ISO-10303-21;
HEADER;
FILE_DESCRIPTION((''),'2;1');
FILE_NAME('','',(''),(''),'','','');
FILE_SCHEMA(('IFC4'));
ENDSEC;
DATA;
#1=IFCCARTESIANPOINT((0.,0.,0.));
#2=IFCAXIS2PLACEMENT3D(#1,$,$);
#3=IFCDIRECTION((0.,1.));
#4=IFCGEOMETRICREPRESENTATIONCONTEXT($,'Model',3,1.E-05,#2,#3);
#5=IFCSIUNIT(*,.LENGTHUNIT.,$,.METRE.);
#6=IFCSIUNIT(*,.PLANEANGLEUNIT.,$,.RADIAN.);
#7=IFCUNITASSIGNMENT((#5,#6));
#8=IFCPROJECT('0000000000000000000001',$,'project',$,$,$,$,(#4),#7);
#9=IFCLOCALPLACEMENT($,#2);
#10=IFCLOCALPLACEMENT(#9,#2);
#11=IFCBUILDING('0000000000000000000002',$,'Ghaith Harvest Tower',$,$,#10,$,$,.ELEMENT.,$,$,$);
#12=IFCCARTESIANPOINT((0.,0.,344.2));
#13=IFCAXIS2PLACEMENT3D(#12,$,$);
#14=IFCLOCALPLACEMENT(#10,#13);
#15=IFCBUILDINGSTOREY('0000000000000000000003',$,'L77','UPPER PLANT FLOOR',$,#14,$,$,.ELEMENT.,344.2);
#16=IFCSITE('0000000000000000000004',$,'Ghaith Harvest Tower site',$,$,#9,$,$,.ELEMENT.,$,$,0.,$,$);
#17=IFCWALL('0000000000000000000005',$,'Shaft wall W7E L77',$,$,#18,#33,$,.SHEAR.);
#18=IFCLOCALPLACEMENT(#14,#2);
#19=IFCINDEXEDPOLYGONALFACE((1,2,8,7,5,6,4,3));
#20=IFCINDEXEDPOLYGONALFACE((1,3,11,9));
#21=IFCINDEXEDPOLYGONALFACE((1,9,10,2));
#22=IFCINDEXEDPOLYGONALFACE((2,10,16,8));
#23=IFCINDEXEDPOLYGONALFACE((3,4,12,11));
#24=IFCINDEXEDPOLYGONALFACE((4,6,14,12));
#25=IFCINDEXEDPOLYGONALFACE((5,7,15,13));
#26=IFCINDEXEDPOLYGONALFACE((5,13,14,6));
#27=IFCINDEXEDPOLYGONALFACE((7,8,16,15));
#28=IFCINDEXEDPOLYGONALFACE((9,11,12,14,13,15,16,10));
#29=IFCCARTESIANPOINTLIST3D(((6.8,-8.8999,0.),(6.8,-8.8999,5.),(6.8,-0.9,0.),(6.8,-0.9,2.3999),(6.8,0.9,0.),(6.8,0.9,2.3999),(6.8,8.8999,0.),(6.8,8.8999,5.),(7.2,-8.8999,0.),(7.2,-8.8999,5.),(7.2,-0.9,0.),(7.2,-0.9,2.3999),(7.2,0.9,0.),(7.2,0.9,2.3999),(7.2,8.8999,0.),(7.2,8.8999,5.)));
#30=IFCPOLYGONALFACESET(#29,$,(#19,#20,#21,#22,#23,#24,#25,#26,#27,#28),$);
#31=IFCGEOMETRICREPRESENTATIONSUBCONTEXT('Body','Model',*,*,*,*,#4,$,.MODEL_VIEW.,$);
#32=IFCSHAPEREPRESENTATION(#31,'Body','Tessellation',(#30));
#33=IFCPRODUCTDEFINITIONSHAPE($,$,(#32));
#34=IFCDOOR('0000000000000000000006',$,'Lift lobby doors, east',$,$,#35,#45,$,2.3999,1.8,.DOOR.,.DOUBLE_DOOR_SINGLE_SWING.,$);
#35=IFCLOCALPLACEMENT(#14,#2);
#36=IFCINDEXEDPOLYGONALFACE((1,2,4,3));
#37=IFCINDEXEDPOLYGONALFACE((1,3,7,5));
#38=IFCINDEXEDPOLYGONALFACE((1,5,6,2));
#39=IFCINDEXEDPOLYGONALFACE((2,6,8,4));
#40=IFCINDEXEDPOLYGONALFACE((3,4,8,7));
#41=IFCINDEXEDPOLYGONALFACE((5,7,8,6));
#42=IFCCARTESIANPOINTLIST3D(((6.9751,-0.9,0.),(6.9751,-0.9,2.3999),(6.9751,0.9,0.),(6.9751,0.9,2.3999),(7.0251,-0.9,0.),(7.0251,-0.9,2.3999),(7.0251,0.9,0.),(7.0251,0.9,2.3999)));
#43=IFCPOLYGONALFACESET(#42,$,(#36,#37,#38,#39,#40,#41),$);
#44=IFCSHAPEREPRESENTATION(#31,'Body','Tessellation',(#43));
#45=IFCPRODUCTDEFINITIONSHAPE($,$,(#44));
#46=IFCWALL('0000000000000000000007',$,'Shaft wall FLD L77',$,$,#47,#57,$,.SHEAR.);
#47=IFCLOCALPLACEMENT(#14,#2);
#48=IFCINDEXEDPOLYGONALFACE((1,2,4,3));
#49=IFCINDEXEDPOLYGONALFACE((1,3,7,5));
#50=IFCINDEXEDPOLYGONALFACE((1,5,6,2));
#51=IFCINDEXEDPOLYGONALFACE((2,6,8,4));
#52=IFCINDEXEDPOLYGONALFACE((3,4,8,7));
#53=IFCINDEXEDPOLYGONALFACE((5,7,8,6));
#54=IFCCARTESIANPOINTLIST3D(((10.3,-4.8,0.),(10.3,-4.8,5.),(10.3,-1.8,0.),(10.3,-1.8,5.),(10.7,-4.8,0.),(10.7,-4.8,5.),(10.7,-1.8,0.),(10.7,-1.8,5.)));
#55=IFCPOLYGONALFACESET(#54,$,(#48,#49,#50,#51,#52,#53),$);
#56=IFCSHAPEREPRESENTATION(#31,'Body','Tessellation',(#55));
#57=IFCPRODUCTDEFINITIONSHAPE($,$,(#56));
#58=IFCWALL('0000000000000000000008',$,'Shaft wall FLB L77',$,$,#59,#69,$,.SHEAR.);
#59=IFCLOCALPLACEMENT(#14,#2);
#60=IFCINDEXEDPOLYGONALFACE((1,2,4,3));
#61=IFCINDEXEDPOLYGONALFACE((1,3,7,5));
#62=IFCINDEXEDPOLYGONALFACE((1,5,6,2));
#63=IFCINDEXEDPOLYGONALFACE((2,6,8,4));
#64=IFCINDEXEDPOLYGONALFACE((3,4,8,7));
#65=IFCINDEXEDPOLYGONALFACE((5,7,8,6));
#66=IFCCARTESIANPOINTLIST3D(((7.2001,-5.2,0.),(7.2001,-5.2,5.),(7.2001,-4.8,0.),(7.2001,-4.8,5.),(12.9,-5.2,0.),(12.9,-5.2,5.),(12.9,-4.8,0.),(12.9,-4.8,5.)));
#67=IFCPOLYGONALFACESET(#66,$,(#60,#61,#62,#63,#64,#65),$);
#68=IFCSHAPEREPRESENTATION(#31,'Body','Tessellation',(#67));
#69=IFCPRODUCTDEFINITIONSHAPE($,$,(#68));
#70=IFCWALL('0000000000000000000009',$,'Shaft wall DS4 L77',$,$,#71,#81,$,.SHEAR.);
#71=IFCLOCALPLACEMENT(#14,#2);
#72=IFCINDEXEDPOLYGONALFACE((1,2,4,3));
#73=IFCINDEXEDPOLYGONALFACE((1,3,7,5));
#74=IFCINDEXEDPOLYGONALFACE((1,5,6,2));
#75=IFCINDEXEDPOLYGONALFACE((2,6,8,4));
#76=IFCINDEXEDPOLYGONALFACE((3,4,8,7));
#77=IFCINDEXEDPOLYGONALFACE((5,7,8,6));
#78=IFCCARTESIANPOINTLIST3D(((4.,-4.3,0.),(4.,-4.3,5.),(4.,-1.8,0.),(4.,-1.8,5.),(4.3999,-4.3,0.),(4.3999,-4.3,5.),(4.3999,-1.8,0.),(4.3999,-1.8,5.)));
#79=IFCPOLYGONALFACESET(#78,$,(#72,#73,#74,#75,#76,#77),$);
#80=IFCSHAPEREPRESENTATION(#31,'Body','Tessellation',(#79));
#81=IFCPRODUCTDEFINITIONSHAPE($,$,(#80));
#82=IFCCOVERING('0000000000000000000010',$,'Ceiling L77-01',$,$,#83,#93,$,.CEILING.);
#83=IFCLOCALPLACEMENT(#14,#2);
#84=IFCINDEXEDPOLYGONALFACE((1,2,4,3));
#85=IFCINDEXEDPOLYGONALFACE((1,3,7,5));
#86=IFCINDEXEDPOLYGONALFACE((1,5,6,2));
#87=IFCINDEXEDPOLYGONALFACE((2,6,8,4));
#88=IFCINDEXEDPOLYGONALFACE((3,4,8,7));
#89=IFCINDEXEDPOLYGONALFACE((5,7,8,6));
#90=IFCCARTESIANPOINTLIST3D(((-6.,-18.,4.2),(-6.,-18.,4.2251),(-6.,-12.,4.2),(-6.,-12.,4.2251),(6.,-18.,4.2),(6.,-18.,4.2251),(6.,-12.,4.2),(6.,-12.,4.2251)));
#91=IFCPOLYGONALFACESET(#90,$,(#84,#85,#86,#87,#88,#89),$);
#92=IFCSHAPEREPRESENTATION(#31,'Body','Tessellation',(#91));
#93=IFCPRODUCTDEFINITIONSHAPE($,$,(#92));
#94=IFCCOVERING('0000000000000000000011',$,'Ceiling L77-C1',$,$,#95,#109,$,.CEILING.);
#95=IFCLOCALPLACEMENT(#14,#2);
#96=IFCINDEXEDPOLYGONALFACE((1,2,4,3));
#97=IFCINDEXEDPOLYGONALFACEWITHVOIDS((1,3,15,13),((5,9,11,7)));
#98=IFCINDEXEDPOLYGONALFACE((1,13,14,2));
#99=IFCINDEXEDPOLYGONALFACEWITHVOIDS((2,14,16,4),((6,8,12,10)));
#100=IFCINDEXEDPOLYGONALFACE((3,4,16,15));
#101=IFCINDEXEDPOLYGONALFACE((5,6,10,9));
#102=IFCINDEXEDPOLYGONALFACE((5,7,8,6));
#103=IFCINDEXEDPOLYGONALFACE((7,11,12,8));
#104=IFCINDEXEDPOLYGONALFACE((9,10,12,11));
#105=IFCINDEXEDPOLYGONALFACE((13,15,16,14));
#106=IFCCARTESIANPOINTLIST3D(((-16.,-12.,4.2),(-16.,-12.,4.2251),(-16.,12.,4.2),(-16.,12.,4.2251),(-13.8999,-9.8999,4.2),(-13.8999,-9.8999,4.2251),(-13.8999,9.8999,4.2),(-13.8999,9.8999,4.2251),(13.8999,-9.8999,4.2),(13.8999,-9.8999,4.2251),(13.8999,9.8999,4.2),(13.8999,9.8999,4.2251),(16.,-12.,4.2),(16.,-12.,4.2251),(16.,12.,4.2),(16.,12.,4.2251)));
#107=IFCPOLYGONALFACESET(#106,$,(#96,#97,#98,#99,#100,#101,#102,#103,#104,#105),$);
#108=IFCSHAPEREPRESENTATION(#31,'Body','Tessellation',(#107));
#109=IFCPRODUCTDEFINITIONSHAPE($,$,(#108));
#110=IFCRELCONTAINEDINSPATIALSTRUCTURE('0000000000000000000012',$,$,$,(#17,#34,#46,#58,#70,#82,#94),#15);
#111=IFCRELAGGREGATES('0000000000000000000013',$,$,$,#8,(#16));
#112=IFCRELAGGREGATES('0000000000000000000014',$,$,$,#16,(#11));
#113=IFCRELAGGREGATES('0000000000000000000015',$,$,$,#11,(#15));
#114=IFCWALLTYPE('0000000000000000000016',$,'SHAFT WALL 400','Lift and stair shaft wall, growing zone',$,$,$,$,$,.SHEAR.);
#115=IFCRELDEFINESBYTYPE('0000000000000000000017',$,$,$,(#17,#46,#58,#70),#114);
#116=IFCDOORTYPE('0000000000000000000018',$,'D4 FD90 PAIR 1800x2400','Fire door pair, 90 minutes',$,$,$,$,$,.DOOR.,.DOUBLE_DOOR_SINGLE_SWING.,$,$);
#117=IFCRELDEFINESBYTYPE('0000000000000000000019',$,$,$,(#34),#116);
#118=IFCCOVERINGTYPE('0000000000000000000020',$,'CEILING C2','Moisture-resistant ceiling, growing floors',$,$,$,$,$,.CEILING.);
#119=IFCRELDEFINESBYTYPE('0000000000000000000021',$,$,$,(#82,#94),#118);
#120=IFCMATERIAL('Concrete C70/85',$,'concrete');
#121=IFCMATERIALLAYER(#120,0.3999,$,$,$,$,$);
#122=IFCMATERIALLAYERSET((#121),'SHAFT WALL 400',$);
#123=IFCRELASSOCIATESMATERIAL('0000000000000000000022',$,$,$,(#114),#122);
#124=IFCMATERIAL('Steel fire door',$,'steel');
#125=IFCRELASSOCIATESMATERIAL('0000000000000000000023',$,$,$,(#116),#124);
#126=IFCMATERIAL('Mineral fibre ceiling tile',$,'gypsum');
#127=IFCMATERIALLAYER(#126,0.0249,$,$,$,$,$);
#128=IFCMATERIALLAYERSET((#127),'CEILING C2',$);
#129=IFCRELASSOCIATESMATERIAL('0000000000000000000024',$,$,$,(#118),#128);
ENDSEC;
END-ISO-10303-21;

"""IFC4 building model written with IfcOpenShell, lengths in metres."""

from ifc_helpers import new_model, si_unit, direction, frame, frame_2d, origin, place, context, subcontext, project, spatial, polyline, rectangle, outline, extrude, material, layer, layer_set, type_object, element, fill, save


model = new_model("IFC4")

# Units and contexts
model_context = context("Model", 3, precision=1e-05, world=origin(), true_north=direction((0.0, 1.0)))
body_context = subcontext(model_context, "Body", "Model", "MODEL_VIEW")
ifc_project = project(units=[si_unit("LENGTHUNIT", "METRE"), si_unit("PLANEANGLEUNIT", "RADIAN")], contexts=[model_context])

# Site, building, storey
site_placement = place(None, origin())
site = spatial("IfcSite", under=ifc_project, at=site_placement, Name="Ghaith Harvest Tower site", CompositionType="ELEMENT", RefElevation=0.0)
building_placement = place(site_placement, origin())
building = spatial("IfcBuilding", under=site, at=building_placement, Name="Ghaith Harvest Tower", CompositionType="ELEMENT")
storey_placement = place(building_placement, frame((0.0, 0.0, 344.2)))
storey = spatial("IfcBuildingStorey", under=building, at=storey_placement, Name="L77", Description="UPPER PLANT FLOOR", CompositionType="ELEMENT", Elevation=344.2)

# Wall, opening, door
ifc_material_1 = material(Name="Concrete C70/85", Category="concrete")
ifc_layer_1 = layer(ifc_material_1, 0.3999)
ifc_layer_set_1 = layer_set([ifc_layer_1], Name="SHAFT WALL 400")
wall_type_1 = type_object("IfcWallType", Name="SHAFT WALL 400", Description="Lift and stair shaft wall, growing zone", PredefinedType="SHEAR", material=ifc_layer_set_1)
wall_1_placement = place(storey_placement, frame((7.0, -8.8999, 0.0), z_axis=(0.0, 0.0, 1.0), x_axis=(0.0, 1.0, 0.0)))
wall_1 = element("IfcWall", 1, at=wall_1_placement, inside=storey, type_object=wall_type_1, Name="Shaft wall W7E L77", PredefinedType="SHEAR", context=body_context, shape_type="SweptSolid", body=[
    extrude(rectangle(XDim=17.7998, YDim=0.3999, at=frame_2d((8.8999, 0.0))), origin(), (0.0, 0.0, 1.0), 5.0),
])
opening_1_placement = place(wall_1_placement, frame((8.0, 0.0, 0.0)))
opening_1 = element("IfcOpeningElement", 2, at=opening_1_placement, cuts=wall_1, PredefinedType="OPENING", context=body_context, shape_type="SweptSolid", body=[
    extrude(rectangle(XDim=1.8, YDim=2.3999, at=frame_2d((0.8999, 1.2))), frame((0.0, 0.21, 0.0), z_axis=(0.0, -1.0, 0.0), x_axis=(1.0, 0.0, 0.0)), (0.0, 0.0, 1.0), 0.4199),
])
ifc_material_2 = material(Name="Steel fire door", Category="steel")
door_type_1 = type_object("IfcDoorType", Name="D4 FD90 PAIR 1800x2400", Description="Fire door pair, 90 minutes", OperationType="DOUBLE_DOOR_SINGLE_SWING", PredefinedType="DOOR", material=ifc_material_2)
door_1_placement = place(opening_1_placement, origin())
door_1 = element("IfcDoor", 3, at=door_1_placement, inside=storey, type_object=door_type_1, Name="Lift lobby doors, east", OperationType="DOUBLE_DOOR_SINGLE_SWING", OverallHeight=2.3999, OverallWidth=1.8, PredefinedType="DOOR", context=body_context, shape_type="SweptSolid", body=[
    extrude(rectangle(XDim=1.8, YDim=2.3999, at=frame_2d((0.8999, 1.2))), frame((0.0, 0.0249, 0.0), z_axis=(0.0, -1.0, 0.0), x_axis=(1.0, 0.0, 0.0)), (0.0, 0.0, 1.0), 0.05),
])
fill(opening_1, door_1)

# Walls
wall_2_placement = place(storey_placement, frame((10.5, -4.8, 0.0), z_axis=(0.0, 0.0, 1.0), x_axis=(0.0, 1.0, 0.0)))
element("IfcWall", 4, at=wall_2_placement, inside=storey, type_object=wall_type_1, Name="Shaft wall FLD L77", PredefinedType="SHEAR", context=body_context, shape_type="SweptSolid", body=[
    extrude(rectangle(XDim=3.0, YDim=0.3999, at=frame_2d((1.5, 0.0))), origin(), (0.0, 0.0, 1.0), 5.0),
])
wall_3_placement = place(storey_placement, frame((7.2, -5.0, 0.0), z_axis=(0.0, 0.0, 1.0), x_axis=(1.0, 0.0, 0.0)))
element("IfcWall", 5, at=wall_3_placement, inside=storey, type_object=wall_type_1, Name="Shaft wall FLB L77", PredefinedType="SHEAR", context=body_context, shape_type="SweptSolid", body=[
    extrude(rectangle(XDim=5.7, YDim=0.3999, at=frame_2d((2.8501, 0.0))), origin(), (0.0, 0.0, 1.0), 5.0),
])
wall_4_placement = place(storey_placement, frame((4.2, -4.3, 0.0), z_axis=(0.0, 0.0, 1.0), x_axis=(0.0, 1.0, 0.0)))
element("IfcWall", 6, at=wall_4_placement, inside=storey, type_object=wall_type_1, Name="Shaft wall DS4 L77", PredefinedType="SHEAR", context=body_context, shape_type="SweptSolid", body=[
    extrude(rectangle(XDim=2.5, YDim=0.3999, at=frame_2d((1.25, 0.0))), origin(), (0.0, 0.0, 1.0), 5.0),
])

# Coverings
ifc_material_3 = material(Name="Mineral fibre ceiling tile", Category="gypsum")
ifc_layer_2 = layer(ifc_material_3, 0.0249)
ifc_layer_set_2 = layer_set([ifc_layer_2], Name="CEILING C2")
covering_type = type_object("IfcCoveringType", Name="CEILING C2", Description="Moisture-resistant ceiling, growing floors", PredefinedType="CEILING", material=ifc_layer_set_2)
covering_1_placement = place(storey_placement, frame((0.0, 0.0, 4.2)))
element("IfcCovering", 7, at=covering_1_placement, inside=storey, type_object=covering_type, Name="Ceiling L77-01", PredefinedType="CEILING", context=body_context, shape_type="SweptSolid", body=[
    extrude(outline(polyline([(-6.0, -18.0), (6.0, -18.0), (6.0, -12.0), (-6.0, -12.0), (-6.0, -18.0)])), origin(), (0.0, 0.0, 1.0), 0.0251),
])
covering_2_placement = place(storey_placement, frame((0.0, 0.0, 4.2)))
element("IfcCovering", 8, at=covering_2_placement, inside=storey, type_object=covering_type, Name="Ceiling L77-C1", PredefinedType="CEILING", context=body_context, shape_type="SweptSolid", body=[
    extrude(outline(polyline([(16.0, -12.0), (-16.0, -12.0), (-16.0, 12.0), (16.0, 12.0), (16.0, -12.0)]), holes=[polyline([(-13.8999, 9.8999), (-13.8999, -9.8999), (13.8999, -9.8999), (13.8999, 9.8999), (-13.8999, 9.8999)])]), origin(), (0.0, 0.0, 1.0), 0.0251),
])

save(model, "model.ifc")
